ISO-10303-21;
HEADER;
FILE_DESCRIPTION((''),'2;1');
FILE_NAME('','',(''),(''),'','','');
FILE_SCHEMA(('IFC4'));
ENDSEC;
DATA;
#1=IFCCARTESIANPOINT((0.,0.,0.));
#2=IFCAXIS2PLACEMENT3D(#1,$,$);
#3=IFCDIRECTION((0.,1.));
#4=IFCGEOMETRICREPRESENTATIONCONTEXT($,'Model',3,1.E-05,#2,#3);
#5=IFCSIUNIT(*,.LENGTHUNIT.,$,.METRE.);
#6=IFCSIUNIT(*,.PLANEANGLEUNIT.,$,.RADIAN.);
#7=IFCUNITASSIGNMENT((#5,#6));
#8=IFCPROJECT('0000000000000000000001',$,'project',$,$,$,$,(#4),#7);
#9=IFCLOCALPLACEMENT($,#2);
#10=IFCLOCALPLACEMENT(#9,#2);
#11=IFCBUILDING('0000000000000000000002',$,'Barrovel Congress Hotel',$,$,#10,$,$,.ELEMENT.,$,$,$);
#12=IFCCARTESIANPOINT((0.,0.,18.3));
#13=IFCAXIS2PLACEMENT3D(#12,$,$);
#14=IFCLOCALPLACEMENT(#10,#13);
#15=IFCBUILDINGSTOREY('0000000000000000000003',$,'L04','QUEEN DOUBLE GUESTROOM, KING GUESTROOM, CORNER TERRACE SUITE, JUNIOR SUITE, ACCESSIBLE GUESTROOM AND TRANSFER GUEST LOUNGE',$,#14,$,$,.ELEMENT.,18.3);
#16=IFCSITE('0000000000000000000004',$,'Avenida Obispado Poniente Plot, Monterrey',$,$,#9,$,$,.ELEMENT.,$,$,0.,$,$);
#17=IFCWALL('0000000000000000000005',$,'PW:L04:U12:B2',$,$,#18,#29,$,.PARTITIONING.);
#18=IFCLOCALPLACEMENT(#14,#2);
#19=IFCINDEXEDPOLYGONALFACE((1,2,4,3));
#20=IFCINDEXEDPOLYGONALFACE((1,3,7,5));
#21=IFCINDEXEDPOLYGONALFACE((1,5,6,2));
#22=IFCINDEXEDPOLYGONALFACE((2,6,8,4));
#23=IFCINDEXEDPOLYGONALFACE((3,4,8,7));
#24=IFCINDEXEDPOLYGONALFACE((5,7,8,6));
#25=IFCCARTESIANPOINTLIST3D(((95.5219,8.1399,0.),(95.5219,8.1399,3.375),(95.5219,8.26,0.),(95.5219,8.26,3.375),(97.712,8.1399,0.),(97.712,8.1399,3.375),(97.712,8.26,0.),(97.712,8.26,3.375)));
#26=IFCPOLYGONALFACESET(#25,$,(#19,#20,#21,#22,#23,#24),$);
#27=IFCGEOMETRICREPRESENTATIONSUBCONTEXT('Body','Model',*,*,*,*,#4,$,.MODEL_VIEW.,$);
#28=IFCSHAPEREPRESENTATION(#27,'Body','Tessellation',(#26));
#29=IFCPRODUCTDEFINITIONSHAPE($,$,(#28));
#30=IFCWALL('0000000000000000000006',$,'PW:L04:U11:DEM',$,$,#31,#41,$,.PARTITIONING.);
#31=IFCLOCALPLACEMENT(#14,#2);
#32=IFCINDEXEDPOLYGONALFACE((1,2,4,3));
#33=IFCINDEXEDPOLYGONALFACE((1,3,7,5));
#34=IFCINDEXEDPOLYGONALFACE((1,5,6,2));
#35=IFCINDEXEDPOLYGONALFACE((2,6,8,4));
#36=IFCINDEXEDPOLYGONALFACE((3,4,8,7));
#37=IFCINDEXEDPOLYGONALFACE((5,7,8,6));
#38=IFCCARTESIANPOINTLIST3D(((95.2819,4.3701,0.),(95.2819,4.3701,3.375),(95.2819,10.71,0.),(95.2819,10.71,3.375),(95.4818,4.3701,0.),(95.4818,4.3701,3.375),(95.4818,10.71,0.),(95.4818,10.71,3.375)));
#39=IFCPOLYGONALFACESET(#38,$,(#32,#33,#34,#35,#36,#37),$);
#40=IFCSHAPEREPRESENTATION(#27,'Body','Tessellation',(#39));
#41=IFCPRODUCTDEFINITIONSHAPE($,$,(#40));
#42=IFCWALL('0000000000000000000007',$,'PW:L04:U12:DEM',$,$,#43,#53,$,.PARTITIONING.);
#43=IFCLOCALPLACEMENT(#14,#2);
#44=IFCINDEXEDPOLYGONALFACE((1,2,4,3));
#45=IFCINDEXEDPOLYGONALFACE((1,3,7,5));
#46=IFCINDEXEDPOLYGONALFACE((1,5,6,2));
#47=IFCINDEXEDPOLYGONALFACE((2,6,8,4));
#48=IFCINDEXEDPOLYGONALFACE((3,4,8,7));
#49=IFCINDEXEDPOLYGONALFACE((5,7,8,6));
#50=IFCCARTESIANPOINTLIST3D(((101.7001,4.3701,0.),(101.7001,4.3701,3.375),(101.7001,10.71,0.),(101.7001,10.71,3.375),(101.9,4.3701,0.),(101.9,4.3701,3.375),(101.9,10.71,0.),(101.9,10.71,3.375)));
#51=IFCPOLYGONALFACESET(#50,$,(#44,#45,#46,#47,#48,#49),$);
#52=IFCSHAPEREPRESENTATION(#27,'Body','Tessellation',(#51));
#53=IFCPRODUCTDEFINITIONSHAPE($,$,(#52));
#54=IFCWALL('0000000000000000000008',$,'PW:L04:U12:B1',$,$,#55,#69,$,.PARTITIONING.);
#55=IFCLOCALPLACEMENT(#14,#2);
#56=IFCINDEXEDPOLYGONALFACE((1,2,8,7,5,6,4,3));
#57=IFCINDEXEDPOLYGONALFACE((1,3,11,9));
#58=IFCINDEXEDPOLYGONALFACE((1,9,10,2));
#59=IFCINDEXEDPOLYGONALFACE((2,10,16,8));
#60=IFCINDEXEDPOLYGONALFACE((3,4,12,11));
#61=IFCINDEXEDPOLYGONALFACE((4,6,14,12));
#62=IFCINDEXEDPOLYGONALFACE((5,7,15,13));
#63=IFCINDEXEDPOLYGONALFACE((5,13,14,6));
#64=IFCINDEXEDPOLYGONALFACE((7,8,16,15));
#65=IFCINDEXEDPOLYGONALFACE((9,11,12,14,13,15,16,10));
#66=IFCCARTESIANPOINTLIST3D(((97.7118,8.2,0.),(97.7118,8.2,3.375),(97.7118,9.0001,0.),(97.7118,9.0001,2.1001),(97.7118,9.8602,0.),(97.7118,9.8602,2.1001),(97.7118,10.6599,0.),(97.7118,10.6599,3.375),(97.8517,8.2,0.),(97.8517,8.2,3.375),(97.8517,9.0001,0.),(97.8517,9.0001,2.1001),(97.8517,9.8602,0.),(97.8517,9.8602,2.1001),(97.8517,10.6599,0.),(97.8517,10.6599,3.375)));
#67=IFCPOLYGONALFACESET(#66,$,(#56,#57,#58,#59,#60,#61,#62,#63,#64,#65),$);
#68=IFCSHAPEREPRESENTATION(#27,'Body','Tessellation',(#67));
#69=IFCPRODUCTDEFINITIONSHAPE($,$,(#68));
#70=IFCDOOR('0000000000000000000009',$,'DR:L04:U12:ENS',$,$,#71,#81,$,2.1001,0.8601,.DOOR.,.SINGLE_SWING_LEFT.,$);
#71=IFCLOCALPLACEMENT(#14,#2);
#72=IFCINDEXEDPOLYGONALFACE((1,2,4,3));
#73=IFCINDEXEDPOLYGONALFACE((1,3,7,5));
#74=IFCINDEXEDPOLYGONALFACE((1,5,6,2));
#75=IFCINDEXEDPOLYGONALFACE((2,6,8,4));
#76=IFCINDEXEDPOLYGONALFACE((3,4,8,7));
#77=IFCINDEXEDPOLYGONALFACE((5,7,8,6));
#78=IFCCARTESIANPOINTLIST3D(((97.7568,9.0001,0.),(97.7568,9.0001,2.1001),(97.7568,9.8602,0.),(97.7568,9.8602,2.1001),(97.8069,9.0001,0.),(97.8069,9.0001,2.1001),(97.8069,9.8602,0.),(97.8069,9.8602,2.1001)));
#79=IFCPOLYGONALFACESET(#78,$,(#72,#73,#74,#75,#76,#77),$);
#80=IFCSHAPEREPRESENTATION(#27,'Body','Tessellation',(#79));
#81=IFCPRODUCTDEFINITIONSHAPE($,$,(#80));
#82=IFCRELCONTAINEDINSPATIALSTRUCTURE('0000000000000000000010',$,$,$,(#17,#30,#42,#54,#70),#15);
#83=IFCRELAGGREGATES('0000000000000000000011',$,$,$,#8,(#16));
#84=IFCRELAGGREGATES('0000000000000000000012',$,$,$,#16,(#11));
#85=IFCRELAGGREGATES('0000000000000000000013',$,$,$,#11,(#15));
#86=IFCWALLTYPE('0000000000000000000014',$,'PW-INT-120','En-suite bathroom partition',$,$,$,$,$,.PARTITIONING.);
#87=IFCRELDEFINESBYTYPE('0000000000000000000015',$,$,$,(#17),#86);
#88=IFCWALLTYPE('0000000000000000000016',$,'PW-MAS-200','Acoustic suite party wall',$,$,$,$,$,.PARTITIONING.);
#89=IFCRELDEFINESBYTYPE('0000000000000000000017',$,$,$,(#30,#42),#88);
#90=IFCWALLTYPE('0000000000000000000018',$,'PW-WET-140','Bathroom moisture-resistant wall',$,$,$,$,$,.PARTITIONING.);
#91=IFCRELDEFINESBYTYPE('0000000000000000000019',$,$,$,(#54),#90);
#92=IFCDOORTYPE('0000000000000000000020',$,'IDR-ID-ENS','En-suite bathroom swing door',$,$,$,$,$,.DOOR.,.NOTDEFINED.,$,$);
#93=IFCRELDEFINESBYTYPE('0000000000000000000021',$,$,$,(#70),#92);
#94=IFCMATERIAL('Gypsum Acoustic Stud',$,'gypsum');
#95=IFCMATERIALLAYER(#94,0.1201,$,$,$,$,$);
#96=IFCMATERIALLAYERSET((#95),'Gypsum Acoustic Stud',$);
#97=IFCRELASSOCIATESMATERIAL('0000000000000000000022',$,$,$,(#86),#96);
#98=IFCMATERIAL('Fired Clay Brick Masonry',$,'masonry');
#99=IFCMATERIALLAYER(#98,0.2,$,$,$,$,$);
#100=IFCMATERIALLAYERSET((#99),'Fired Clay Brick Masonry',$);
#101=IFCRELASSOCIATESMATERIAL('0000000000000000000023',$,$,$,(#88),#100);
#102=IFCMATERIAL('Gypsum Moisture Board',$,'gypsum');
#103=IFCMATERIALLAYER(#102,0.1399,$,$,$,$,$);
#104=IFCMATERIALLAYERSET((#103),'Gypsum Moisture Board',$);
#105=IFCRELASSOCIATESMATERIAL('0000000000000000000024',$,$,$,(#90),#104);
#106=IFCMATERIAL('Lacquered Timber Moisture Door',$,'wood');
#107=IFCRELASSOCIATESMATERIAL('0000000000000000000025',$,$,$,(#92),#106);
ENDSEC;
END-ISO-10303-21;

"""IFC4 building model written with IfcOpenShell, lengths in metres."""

from ifc_helpers import new_model, si_unit, direction, frame, frame_2d, origin, place, context, subcontext, project, spatial, rectangle, extrude, material, layer, layer_set, type_object, element, fill, save


model = new_model("IFC4")

# Units and contexts
model_context = context("Model", 3, precision=1e-05, world=origin(), true_north=direction((0.0, 1.0)))
body_context = subcontext(model_context, "Body", "Model", "MODEL_VIEW")
ifc_project = project(units=[si_unit("LENGTHUNIT", "METRE"), si_unit("PLANEANGLEUNIT", "RADIAN")], contexts=[model_context])

# Site, building, storey
site_placement = place(None, origin())
site = spatial("IfcSite", under=ifc_project, at=site_placement, Name="Avenida Obispado Poniente Plot, Monterrey", CompositionType="ELEMENT", RefElevation=0.0)
building_placement = place(site_placement, origin())
building = spatial("IfcBuilding", under=site, at=building_placement, Name="Barrovel Congress Hotel", CompositionType="ELEMENT")
storey_placement = place(building_placement, frame((0.0, 0.0, 18.3)))
storey = spatial("IfcBuildingStorey", under=building, at=storey_placement, Name="L04", Description="QUEEN DOUBLE GUESTROOM, KING GUESTROOM, CORNER TERRACE SUITE, JUNIOR SUITE, ACCESSIBLE GUESTROOM AND TRANSFER GUEST LOUNGE", CompositionType="ELEMENT", Elevation=18.3)

# Shared definitions
ifc_material_1 = material(Name="Fired Clay Brick Masonry", Category="masonry")

# Shared definitions
ifc_material_2 = material(Name="Gypsum Acoustic Stud", Category="gypsum")

# Walls
ifc_layer_1 = layer(ifc_material_2, 0.1201)
ifc_layer_set_1 = layer_set([ifc_layer_1], Name="Gypsum Acoustic Stud")
wall_type_1 = type_object("IfcWallType", Name="PW-INT-120", Description="En-suite bathroom partition", PredefinedType="PARTITIONING", material=ifc_layer_set_1)
wall_1_placement = place(storey_placement, frame((95.5217, 8.2, 0.0), z_axis=(0.0, 0.0, 1.0), x_axis=(1.0, 0.0, 0.0)))
element("IfcWall", 1, at=wall_1_placement, inside=storey, type_object=wall_type_1, Name="PW:L04:U12:B2", PredefinedType="PARTITIONING", context=body_context, shape_type="SweptSolid", body=[
    extrude(rectangle(XDim=2.1902, YDim=0.1201, at=frame_2d((1.0952, 0.0))), origin(), (0.0, 0.0, 1.0), 3.375),
])
ifc_layer_2 = layer(ifc_material_1, 0.2)
ifc_layer_set_2 = layer_set([ifc_layer_2], Name="Fired Clay Brick Masonry")
wall_type_2 = type_object("IfcWallType", Name="PW-MAS-200", Description="Acoustic suite party wall", PredefinedType="PARTITIONING", material=ifc_layer_set_2)
for number, where, z_axis, x_axis, name in (
    (2, (95.3818, 4.3701, 0.0), (0.0, 0.0, 1.0), (0.0, 1.0, 0.0), "PW:L04:U11:DEM"),
    (3, (101.8, 4.3701, 0.0), (0.0, 0.0, 1.0), (0.0, 1.0, 0.0), "PW:L04:U12:DEM"),
):
    element("IfcWall", number, at=place(storey_placement, frame(where, z_axis=z_axis, x_axis=x_axis)), inside=storey, type_object=wall_type_2, Name=name, PredefinedType="PARTITIONING", context=body_context, shape_type="SweptSolid", body=[
        extrude(rectangle(XDim=6.3398, YDim=0.2, at=frame_2d((3.1699, 0.0))), origin(), (0.0, 0.0, 1.0), 3.375),
    ])

# Wall, opening, door
ifc_material_3 = material(Name="Gypsum Moisture Board", Category="gypsum")
ifc_layer_3 = layer(ifc_material_3, 0.1399)
ifc_layer_set_3 = layer_set([ifc_layer_3], Name="Gypsum Moisture Board")
wall_type_3 = type_object("IfcWallType", Name="PW-WET-140", Description="Bathroom moisture-resistant wall", PredefinedType="PARTITIONING", material=ifc_layer_set_3)
wall_2_placement = place(storey_placement, frame((97.7817, 8.2, 0.0), z_axis=(0.0, 0.0, 1.0), x_axis=(0.0, 1.0, 0.0)))
wall_2 = element("IfcWall", 4, at=wall_2_placement, inside=storey, type_object=wall_type_3, Name="PW:L04:U12:B1", PredefinedType="PARTITIONING", context=body_context, shape_type="SweptSolid", body=[
    extrude(rectangle(XDim=2.46, YDim=0.1399, at=frame_2d((1.23, 0.0))), origin(), (0.0, 0.0, 1.0), 3.375),
])
opening_1_placement = place(wall_2_placement, frame((0.8, 0.0, 0.0)))
opening_1 = element("IfcOpeningElement", 5, at=opening_1_placement, cuts=wall_2, PredefinedType="OPENING", context=body_context, shape_type="SweptSolid", body=[
    extrude(rectangle(XDim=0.8601, YDim=2.1001, at=frame_2d((0.4302, 1.05))), frame((0.0, 0.0801, 0.0), z_axis=(0.0, -1.0, 0.0), x_axis=(1.0, 0.0, 0.0)), (0.0, 0.0, 1.0), 0.1599),
])
ifc_material_4 = material(Name="Lacquered Timber Moisture Door", Category="wood")
door_type_1 = type_object("IfcDoorType", Name="IDR-ID-ENS", Description="En-suite bathroom swing door", OperationType="NOTDEFINED", PredefinedType="DOOR", material=ifc_material_4)
door_1_placement = place(opening_1_placement, origin())
door_1 = element("IfcDoor", 6, at=door_1_placement, inside=storey, type_object=door_type_1, Name="DR:L04:U12:ENS", OperationType="SINGLE_SWING_LEFT", OverallHeight=2.1001, OverallWidth=0.8601, PredefinedType="DOOR", context=body_context, shape_type="SweptSolid", body=[
    extrude(rectangle(XDim=0.8601, YDim=2.1001, at=frame_2d((0.4302, 1.05))), frame((0.0, 0.0249, 0.0), z_axis=(0.0, -1.0, 0.0), x_axis=(1.0, 0.0, 0.0)), (0.0, 0.0, 1.0), 0.05),
])
fill(opening_1, door_1)

save(model, "model.ifc")
